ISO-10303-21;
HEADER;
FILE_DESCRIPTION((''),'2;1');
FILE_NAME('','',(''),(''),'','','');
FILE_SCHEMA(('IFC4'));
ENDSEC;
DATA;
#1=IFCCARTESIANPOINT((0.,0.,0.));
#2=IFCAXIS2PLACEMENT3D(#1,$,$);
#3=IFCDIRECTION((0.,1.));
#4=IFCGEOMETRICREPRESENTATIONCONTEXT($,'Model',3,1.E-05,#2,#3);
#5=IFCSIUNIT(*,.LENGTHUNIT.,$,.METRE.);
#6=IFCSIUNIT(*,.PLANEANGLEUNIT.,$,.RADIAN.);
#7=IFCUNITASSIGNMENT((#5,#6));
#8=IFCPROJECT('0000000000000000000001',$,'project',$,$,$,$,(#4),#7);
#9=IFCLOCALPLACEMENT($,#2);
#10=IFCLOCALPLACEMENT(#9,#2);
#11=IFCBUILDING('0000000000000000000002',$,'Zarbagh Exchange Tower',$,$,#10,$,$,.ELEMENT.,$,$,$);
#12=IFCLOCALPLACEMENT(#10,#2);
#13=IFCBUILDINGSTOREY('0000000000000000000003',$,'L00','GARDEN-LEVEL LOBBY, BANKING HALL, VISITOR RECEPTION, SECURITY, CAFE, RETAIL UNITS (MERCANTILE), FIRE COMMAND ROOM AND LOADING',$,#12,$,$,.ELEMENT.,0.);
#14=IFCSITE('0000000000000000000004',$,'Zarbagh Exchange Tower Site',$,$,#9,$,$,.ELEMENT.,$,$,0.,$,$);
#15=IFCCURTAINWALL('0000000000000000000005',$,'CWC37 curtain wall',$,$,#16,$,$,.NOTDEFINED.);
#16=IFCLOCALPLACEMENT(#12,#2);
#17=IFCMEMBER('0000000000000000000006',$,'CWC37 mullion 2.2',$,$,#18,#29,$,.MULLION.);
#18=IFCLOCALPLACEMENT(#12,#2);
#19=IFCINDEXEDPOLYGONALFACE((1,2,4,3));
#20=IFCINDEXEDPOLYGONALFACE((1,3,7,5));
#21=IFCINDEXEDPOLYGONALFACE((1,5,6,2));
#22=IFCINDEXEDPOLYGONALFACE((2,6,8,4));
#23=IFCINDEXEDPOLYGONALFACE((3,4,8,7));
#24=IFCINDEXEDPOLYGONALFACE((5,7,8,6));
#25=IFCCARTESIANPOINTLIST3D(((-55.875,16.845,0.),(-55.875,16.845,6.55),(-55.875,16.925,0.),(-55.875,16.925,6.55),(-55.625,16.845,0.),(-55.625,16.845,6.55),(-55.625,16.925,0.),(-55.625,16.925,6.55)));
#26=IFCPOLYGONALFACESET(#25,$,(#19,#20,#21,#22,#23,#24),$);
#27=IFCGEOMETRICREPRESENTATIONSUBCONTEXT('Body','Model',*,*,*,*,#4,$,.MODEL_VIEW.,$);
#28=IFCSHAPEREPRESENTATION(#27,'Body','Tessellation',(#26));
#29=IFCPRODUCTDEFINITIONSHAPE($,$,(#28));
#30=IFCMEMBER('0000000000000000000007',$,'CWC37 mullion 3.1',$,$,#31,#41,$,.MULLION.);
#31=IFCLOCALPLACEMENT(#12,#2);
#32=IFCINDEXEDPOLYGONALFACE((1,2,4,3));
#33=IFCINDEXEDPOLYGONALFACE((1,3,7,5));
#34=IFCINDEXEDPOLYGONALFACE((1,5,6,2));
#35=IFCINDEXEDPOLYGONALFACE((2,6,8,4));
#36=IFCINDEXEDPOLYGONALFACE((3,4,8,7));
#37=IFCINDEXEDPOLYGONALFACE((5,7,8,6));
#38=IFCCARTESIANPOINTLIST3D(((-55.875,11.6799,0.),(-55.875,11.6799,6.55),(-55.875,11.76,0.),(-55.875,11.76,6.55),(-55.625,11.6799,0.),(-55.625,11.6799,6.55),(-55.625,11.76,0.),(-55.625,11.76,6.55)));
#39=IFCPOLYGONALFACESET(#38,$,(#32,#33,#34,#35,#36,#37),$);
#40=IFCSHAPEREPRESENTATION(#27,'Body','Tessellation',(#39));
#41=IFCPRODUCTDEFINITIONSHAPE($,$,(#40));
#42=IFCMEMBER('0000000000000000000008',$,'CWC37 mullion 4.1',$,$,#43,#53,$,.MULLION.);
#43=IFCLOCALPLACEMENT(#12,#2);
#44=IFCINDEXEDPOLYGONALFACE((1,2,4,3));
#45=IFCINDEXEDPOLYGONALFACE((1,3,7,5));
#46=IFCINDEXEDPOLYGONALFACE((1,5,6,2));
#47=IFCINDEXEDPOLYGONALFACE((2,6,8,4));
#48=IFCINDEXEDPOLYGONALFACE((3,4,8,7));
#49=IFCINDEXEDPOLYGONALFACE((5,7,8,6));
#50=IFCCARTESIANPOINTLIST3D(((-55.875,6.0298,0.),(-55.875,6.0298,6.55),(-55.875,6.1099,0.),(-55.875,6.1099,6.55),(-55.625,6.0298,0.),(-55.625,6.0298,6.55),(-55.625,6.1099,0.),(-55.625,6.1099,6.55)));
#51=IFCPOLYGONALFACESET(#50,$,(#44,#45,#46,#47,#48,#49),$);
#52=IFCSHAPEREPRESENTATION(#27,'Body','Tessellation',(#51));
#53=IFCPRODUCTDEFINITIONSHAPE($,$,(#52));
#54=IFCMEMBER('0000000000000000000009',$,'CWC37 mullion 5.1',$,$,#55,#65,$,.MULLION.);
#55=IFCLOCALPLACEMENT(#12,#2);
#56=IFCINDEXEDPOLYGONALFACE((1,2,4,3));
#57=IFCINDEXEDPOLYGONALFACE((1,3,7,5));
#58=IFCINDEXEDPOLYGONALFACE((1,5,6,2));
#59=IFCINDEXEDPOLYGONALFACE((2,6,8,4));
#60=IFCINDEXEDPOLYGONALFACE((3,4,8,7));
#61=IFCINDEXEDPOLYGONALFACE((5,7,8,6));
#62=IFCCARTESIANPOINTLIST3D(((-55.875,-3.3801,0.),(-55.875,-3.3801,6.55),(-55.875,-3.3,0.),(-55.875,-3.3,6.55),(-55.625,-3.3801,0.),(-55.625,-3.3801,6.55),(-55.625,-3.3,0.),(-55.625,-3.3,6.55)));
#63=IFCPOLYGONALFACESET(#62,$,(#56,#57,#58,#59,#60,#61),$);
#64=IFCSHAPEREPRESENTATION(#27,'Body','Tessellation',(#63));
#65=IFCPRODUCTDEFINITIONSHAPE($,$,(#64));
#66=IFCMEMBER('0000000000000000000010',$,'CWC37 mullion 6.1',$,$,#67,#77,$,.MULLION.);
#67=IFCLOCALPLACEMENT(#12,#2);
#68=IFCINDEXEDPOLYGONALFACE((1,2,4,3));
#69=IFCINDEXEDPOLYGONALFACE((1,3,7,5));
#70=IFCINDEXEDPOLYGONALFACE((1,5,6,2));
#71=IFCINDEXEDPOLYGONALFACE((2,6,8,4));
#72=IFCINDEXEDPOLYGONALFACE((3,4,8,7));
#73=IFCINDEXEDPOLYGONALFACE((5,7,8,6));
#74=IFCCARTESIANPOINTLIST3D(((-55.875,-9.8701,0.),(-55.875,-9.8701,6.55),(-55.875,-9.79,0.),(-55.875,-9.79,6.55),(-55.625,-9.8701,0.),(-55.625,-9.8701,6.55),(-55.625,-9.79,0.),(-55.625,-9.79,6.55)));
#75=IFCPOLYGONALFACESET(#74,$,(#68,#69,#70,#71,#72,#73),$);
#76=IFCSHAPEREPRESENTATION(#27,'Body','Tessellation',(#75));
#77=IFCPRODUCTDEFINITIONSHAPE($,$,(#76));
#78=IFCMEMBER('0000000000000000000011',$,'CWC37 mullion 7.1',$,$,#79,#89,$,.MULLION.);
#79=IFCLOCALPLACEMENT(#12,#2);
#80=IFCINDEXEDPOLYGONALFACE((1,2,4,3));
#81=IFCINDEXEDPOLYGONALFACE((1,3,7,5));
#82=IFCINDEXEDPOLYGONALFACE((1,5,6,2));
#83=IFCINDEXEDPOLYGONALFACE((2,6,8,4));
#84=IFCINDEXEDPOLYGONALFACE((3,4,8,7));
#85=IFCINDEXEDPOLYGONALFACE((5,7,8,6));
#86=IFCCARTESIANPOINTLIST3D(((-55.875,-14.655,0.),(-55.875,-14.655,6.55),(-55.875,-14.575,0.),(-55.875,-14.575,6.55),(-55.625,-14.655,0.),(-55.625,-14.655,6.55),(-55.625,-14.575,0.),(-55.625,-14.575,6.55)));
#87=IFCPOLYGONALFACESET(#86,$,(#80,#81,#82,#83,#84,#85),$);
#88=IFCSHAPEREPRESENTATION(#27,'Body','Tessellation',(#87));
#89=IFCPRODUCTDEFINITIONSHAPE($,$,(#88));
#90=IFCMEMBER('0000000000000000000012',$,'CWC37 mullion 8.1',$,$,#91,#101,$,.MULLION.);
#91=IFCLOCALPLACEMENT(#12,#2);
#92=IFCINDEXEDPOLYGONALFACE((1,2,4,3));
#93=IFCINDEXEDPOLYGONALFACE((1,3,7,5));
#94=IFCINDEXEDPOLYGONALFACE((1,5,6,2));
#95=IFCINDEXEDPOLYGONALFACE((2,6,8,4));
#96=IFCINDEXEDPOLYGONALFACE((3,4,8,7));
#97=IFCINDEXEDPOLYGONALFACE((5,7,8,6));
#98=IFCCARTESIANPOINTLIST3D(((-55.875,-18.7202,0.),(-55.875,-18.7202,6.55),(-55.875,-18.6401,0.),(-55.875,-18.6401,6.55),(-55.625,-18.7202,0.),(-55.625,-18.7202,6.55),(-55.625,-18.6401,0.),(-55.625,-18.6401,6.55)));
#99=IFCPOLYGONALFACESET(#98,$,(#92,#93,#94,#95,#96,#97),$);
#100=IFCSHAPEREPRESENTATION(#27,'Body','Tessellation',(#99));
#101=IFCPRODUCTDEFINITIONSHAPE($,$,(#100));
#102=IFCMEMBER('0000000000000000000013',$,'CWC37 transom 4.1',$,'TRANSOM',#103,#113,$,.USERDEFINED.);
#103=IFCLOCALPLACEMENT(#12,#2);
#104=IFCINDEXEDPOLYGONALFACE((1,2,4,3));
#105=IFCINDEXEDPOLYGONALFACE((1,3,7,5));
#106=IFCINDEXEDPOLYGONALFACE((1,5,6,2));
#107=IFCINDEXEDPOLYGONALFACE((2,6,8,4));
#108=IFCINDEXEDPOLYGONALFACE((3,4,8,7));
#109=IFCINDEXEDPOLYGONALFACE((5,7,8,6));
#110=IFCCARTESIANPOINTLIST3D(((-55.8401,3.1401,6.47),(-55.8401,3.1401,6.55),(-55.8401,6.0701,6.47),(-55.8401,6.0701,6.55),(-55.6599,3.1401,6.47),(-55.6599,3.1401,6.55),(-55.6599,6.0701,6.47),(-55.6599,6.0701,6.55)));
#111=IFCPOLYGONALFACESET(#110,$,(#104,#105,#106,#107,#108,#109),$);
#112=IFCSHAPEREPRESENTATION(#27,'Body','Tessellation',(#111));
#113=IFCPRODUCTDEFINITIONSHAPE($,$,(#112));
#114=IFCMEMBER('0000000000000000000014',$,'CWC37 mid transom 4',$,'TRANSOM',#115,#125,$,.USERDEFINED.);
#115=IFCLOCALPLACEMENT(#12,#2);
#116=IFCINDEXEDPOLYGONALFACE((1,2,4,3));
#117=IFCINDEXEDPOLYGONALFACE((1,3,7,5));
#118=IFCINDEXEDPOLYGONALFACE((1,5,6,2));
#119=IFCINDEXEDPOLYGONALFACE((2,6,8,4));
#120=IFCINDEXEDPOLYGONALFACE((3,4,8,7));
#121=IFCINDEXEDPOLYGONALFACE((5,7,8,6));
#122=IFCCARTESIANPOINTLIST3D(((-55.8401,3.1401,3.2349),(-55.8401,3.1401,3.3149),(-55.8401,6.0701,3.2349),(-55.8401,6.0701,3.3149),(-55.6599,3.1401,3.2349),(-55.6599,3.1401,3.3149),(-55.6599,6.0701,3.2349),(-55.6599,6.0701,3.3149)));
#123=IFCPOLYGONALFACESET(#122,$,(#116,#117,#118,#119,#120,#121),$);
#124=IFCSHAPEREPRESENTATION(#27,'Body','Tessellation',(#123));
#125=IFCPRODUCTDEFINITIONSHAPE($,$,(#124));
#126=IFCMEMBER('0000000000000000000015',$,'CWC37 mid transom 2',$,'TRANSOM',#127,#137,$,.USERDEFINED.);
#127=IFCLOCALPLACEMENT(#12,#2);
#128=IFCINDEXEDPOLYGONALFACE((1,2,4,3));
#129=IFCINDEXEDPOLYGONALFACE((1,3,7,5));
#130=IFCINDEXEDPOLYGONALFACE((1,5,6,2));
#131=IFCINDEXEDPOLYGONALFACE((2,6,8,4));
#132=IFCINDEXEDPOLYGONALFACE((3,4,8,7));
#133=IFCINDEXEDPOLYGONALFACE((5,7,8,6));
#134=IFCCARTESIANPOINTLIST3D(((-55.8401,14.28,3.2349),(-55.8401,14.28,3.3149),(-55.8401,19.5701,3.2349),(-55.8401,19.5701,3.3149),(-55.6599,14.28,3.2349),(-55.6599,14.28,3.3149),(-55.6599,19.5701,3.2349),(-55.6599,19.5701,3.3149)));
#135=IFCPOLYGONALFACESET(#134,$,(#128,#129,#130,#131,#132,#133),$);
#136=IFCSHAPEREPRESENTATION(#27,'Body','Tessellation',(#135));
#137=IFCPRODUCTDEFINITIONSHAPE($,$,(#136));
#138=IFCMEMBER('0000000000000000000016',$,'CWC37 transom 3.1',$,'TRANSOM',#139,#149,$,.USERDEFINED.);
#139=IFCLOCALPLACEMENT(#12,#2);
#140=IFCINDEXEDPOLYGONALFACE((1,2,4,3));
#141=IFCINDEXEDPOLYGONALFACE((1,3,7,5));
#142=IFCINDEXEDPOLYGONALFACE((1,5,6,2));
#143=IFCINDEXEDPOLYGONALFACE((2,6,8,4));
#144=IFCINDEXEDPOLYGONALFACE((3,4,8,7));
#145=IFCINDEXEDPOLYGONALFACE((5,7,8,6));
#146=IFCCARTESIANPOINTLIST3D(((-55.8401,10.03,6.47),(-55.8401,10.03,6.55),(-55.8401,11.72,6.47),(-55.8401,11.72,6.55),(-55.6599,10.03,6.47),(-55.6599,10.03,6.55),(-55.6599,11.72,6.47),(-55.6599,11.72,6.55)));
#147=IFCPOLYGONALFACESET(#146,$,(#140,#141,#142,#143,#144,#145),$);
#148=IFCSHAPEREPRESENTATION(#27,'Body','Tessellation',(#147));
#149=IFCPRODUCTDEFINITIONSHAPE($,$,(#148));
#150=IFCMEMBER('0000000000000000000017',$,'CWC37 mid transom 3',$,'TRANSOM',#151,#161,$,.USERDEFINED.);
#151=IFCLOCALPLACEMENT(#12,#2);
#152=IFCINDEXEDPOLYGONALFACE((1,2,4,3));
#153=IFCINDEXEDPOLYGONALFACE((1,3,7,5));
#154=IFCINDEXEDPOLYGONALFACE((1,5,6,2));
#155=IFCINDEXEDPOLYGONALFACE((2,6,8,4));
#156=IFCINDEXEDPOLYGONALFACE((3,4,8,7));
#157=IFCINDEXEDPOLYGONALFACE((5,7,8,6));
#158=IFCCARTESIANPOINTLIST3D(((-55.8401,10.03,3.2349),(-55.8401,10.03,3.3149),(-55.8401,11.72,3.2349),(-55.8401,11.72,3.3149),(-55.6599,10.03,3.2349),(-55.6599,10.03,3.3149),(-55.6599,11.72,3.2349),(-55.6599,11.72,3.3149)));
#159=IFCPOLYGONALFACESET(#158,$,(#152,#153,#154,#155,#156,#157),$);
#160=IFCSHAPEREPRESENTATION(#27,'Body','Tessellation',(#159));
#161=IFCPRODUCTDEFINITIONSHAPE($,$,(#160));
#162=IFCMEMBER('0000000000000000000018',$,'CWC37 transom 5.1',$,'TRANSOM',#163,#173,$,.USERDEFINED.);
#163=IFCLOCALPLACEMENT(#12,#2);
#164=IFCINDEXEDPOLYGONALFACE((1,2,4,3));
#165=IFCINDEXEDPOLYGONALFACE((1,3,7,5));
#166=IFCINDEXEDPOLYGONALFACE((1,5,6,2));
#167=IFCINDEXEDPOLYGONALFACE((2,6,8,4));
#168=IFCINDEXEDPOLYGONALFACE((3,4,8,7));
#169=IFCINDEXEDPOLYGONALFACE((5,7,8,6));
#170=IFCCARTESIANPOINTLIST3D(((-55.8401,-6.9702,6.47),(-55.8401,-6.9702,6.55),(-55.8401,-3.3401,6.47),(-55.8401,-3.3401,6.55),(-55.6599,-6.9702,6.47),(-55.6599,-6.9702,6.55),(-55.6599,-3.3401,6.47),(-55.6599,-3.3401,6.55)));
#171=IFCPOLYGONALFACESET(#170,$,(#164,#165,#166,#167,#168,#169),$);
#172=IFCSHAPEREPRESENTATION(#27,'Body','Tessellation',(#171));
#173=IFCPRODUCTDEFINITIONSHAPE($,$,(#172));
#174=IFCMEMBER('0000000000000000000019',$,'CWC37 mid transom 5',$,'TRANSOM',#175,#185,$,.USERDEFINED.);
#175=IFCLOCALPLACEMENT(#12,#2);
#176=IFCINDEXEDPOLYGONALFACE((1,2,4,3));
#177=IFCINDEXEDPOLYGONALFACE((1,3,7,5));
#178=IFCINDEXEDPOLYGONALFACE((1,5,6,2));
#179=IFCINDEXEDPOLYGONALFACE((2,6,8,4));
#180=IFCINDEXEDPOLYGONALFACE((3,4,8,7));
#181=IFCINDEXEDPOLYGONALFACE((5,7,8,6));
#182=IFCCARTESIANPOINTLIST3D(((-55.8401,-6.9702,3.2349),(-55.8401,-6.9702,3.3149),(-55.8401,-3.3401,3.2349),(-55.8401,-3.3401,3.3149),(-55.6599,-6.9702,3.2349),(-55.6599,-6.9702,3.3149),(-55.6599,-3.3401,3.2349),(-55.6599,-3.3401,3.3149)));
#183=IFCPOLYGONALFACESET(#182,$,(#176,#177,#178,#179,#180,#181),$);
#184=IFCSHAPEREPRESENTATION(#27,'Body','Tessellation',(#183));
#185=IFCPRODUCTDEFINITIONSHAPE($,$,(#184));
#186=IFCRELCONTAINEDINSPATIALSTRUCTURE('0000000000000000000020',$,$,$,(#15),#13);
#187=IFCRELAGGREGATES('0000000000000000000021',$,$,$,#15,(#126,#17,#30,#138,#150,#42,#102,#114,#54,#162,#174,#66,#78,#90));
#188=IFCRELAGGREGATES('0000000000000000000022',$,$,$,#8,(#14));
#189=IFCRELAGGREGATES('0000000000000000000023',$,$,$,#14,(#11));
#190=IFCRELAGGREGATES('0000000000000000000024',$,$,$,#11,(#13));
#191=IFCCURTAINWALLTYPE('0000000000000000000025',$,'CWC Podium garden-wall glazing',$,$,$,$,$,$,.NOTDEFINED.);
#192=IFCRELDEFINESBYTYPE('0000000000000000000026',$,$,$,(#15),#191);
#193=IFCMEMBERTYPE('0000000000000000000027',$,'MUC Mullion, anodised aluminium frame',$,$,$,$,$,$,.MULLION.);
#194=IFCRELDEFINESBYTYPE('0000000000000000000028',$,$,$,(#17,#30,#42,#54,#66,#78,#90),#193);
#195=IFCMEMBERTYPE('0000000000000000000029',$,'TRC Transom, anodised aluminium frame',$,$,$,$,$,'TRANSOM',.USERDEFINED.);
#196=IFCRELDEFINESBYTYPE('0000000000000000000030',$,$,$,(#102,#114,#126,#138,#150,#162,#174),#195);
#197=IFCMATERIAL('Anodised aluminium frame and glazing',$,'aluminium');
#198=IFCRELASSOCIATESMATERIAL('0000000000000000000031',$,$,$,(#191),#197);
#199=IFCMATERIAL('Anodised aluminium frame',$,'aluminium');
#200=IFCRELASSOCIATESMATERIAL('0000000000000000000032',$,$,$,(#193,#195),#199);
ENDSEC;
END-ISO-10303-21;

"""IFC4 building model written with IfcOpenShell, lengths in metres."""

from ifc_helpers import new_model, si_unit, direction, origin, place, context, subcontext, project, spatial, polyline, outline, extrude, source, transform, mapped, material, type_object, element, aggregate, save


model = new_model("IFC4")

# Units and contexts
model_context = context("Model", 3, precision=1e-05, world=origin(), true_north=direction((0.0, 1.0)))
body_context = subcontext(model_context, "Body", "Model", "MODEL_VIEW")
ifc_project = project(units=[si_unit("LENGTHUNIT", "METRE"), si_unit("PLANEANGLEUNIT", "RADIAN")], contexts=[model_context])

# Site, building, storey
site_placement = place(None, origin())
site = spatial("IfcSite", under=ifc_project, at=site_placement, Name="Zarbagh Exchange Tower Site", CompositionType="ELEMENT", RefElevation=0.0)
building_placement = place(site_placement, origin())
building = spatial("IfcBuilding", under=site, at=building_placement, Name="Zarbagh Exchange Tower", CompositionType="ELEMENT")
storey_placement = place(building_placement, origin())
storey = spatial("IfcBuildingStorey", under=building, at=storey_placement, Name="L00", Description="GARDEN-LEVEL LOBBY, BANKING HALL, VISITOR RECEPTION, SECURITY, CAFE, RETAIL UNITS (MERCANTILE), FIRE COMMAND ROOM AND LOADING", CompositionType="ELEMENT", Elevation=0.0)

# Curtain wall, members
ifc_material_1 = material(Name="Anodised aluminium frame and glazing", Category="aluminium")
curtain_wall_type = type_object("IfcCurtainWallType", Name="CWC Podium garden-wall glazing", PredefinedType="NOTDEFINED", material=ifc_material_1)
curtain_wall_placement = place(storey_placement, origin())
curtain_wall = element("IfcCurtainWall", 1, at=curtain_wall_placement, inside=storey, type_object=curtain_wall_type, Name="CWC37 curtain wall", PredefinedType="NOTDEFINED")
ifc_material_2 = material(Name="Anodised aluminium frame", Category="aluminium")
member_type_1 = type_object("IfcMemberType", Name="MUC Mullion, anodised aluminium frame", PredefinedType="MULLION", material=ifc_material_2)
shared_shape_1 = source(origin(), body_context, "Body", "SweptSolid", [
    extrude(outline(polyline([(0.0, -0.125), (0.0801, -0.125), (0.0801, 0.125), (0.0, 0.125), (0.0, -0.125)])), origin(), (0.0, 0.0, 1.0), 6.55),
])
placement = place(storey_placement, origin())
member_1 = element("IfcMember", 2, at=placement, type_object=member_type_1, Name="CWC37 mullion 2.2", PredefinedType="MULLION", context=body_context, shape_type="MappedRepresentation", body=[
    mapped(shared_shape_1, transform((-55.75, 16.925, 0.0), x_axis=(0.0, -1.0, 0.0), y_axis=(1.0, 0.0, 0.0), z_axis=(0.0, 0.0, 1.0))),
])
member_2 = element("IfcMember", 3, at=placement, type_object=member_type_1, Name="CWC37 mullion 3.1", PredefinedType="MULLION", context=body_context, shape_type="MappedRepresentation", body=[
    mapped(shared_shape_1, transform((-55.75, 11.76, 0.0), x_axis=(0.0, -1.0, 0.0), y_axis=(1.0, 0.0, 0.0), z_axis=(0.0, 0.0, 1.0))),
])
member_3 = element("IfcMember", 4, at=placement, type_object=member_type_1, Name="CWC37 mullion 4.1", PredefinedType="MULLION", context=body_context, shape_type="MappedRepresentation", body=[
    mapped(shared_shape_1, transform((-55.75, 6.1099, 0.0), x_axis=(0.0, -1.0, 0.0), y_axis=(1.0, 0.0, 0.0), z_axis=(0.0, 0.0, 1.0))),
])
member_4 = element("IfcMember", 5, at=placement, type_object=member_type_1, Name="CWC37 mullion 5.1", PredefinedType="MULLION", context=body_context, shape_type="MappedRepresentation", body=[
    mapped(shared_shape_1, transform((-55.75, -3.3, 0.0), x_axis=(0.0, -1.0, 0.0), y_axis=(1.0, 0.0, 0.0), z_axis=(0.0, 0.0, 1.0))),
])
member_5 = element("IfcMember", 6, at=placement, type_object=member_type_1, Name="CWC37 mullion 6.1", PredefinedType="MULLION", context=body_context, shape_type="MappedRepresentation", body=[
    mapped(shared_shape_1, transform((-55.75, -9.79, 0.0), x_axis=(0.0, -1.0, 0.0), y_axis=(1.0, 0.0, 0.0), z_axis=(0.0, 0.0, 1.0))),
])
member_6 = element("IfcMember", 7, at=placement, type_object=member_type_1, Name="CWC37 mullion 7.1", PredefinedType="MULLION", context=body_context, shape_type="MappedRepresentation", body=[
    mapped(shared_shape_1, transform((-55.75, -14.575, 0.0), x_axis=(0.0, -1.0, 0.0), y_axis=(1.0, 0.0, 0.0), z_axis=(0.0, 0.0, 1.0))),
])
member_7 = element("IfcMember", 8, at=placement, type_object=member_type_1, Name="CWC37 mullion 8.1", PredefinedType="MULLION", context=body_context, shape_type="MappedRepresentation", body=[
    mapped(shared_shape_1, transform((-55.75, -18.6401, 0.0), x_axis=(0.0, -1.0, 0.0), y_axis=(1.0, 0.0, 0.0), z_axis=(0.0, 0.0, 1.0))),
])
member_type_2 = type_object("IfcMemberType", Name="TRC Transom, anodised aluminium frame", ElementType="TRANSOM", PredefinedType="USERDEFINED", material=ifc_material_2)
shared_shape_2 = source(origin(), body_context, "Body", "SweptSolid", [
    extrude(outline(polyline([(-0.0801, -0.0901), (0.0, -0.0901), (0.0, 0.0901), (-0.0801, 0.0901), (-0.0801, -0.0901)])), origin(), (0.0, 0.0, 1.0), 2.9299),
])
member_8 = element("IfcMember", 9, at=placement, type_object=member_type_2, Name="CWC37 transom 4.1", ObjectType="TRANSOM", PredefinedType="USERDEFINED", context=body_context, shape_type="MappedRepresentation", body=[
    mapped(shared_shape_2, transform((-55.75, 6.0701, 6.55), x_axis=(0.0, 0.0, 1.0), y_axis=(-1.0, 0.0, 0.0), z_axis=(0.0, -1.0, 0.0))),
])
shared_shape_3 = source(origin(), body_context, "Body", "SweptSolid", [
    extrude(outline(polyline([(-0.04, -0.0901), (0.04, -0.0901), (0.04, 0.0901), (-0.04, 0.0901), (-0.04, -0.0901)])), origin(), (0.0, 0.0, 1.0), 2.9299),
])
member_9 = element("IfcMember", 10, at=placement, type_object=member_type_2, Name="CWC37 mid transom 4", ObjectType="TRANSOM", PredefinedType="USERDEFINED", context=body_context, shape_type="MappedRepresentation", body=[
    mapped(shared_shape_3, transform((-55.75, 6.0701, 3.2749), x_axis=(0.0, 0.0, 1.0), y_axis=(-1.0, 0.0, 0.0), z_axis=(0.0, -1.0, 0.0))),
])
shared_shape_4 = source(origin(), body_context, "Body", "SweptSolid", [
    extrude(outline(polyline([(-0.04, -0.0901), (0.04, -0.0901), (0.04, 0.0901), (-0.04, 0.0901), (-0.04, -0.0901)])), origin(), (0.0, 0.0, 1.0), 5.29),
])
member_10 = element("IfcMember", 11, at=placement, type_object=member_type_2, Name="CWC37 mid transom 2", ObjectType="TRANSOM", PredefinedType="USERDEFINED", context=body_context, shape_type="MappedRepresentation", body=[
    mapped(shared_shape_4, transform((-55.75, 19.5701, 3.2749), x_axis=(0.0, 0.0, 1.0), y_axis=(-1.0, 0.0, 0.0), z_axis=(0.0, -1.0, 0.0))),
])
shared_shape_5 = source(origin(), body_context, "Body", "SweptSolid", [
    extrude(outline(polyline([(-0.0801, -0.0901), (0.0, -0.0901), (0.0, 0.0901), (-0.0801, 0.0901), (-0.0801, -0.0901)])), origin(), (0.0, 0.0, 1.0), 1.6899),
])
member_11 = element("IfcMember", 12, at=placement, type_object=member_type_2, Name="CWC37 transom 3.1", ObjectType="TRANSOM", PredefinedType="USERDEFINED", context=body_context, shape_type="MappedRepresentation", body=[
    mapped(shared_shape_5, transform((-55.75, 11.72, 6.55), x_axis=(0.0, 0.0, 1.0), y_axis=(-1.0, 0.0, 0.0), z_axis=(0.0, -1.0, 0.0))),
])
shared_shape_6 = source(origin(), body_context, "Body", "SweptSolid", [
    extrude(outline(polyline([(-0.04, -0.0901), (0.04, -0.0901), (0.04, 0.0901), (-0.04, 0.0901), (-0.04, -0.0901)])), origin(), (0.0, 0.0, 1.0), 1.6899),
])
member_12 = element("IfcMember", 13, at=placement, type_object=member_type_2, Name="CWC37 mid transom 3", ObjectType="TRANSOM", PredefinedType="USERDEFINED", context=body_context, shape_type="MappedRepresentation", body=[
    mapped(shared_shape_6, transform((-55.75, 11.72, 3.2749), x_axis=(0.0, 0.0, 1.0), y_axis=(-1.0, 0.0, 0.0), z_axis=(0.0, -1.0, 0.0))),
])
shared_shape_7 = source(origin(), body_context, "Body", "SweptSolid", [
    extrude(outline(polyline([(-0.0801, -0.0901), (0.0, -0.0901), (0.0, 0.0901), (-0.0801, 0.0901), (-0.0801, -0.0901)])), origin(), (0.0, 0.0, 1.0), 3.6301),
])
member_13 = element("IfcMember", 14, at=placement, type_object=member_type_2, Name="CWC37 transom 5.1", ObjectType="TRANSOM", PredefinedType="USERDEFINED", context=body_context, shape_type="MappedRepresentation", body=[
    mapped(shared_shape_7, transform((-55.75, -3.3401, 6.55), x_axis=(0.0, 0.0, 1.0), y_axis=(-1.0, 0.0, 0.0), z_axis=(0.0, -1.0, 0.0))),
])
shared_shape_8 = source(origin(), body_context, "Body", "SweptSolid", [
    extrude(outline(polyline([(-0.04, -0.0901), (0.04, -0.0901), (0.04, 0.0901), (-0.04, 0.0901), (-0.04, -0.0901)])), origin(), (0.0, 0.0, 1.0), 3.6301),
])
member_14 = element("IfcMember", 15, at=placement, type_object=member_type_2, Name="CWC37 mid transom 5", ObjectType="TRANSOM", PredefinedType="USERDEFINED", context=body_context, shape_type="MappedRepresentation", body=[
    mapped(shared_shape_8, transform((-55.75, -3.3401, 3.2749), x_axis=(0.0, 0.0, 1.0), y_axis=(-1.0, 0.0, 0.0), z_axis=(0.0, -1.0, 0.0))),
])
aggregate(curtain_wall, [member_10, member_1, member_2, member_11, member_12, member_3, member_8, member_9, member_4, member_13, member_14, member_5, member_6, member_7])

save(model, "model.ifc")
